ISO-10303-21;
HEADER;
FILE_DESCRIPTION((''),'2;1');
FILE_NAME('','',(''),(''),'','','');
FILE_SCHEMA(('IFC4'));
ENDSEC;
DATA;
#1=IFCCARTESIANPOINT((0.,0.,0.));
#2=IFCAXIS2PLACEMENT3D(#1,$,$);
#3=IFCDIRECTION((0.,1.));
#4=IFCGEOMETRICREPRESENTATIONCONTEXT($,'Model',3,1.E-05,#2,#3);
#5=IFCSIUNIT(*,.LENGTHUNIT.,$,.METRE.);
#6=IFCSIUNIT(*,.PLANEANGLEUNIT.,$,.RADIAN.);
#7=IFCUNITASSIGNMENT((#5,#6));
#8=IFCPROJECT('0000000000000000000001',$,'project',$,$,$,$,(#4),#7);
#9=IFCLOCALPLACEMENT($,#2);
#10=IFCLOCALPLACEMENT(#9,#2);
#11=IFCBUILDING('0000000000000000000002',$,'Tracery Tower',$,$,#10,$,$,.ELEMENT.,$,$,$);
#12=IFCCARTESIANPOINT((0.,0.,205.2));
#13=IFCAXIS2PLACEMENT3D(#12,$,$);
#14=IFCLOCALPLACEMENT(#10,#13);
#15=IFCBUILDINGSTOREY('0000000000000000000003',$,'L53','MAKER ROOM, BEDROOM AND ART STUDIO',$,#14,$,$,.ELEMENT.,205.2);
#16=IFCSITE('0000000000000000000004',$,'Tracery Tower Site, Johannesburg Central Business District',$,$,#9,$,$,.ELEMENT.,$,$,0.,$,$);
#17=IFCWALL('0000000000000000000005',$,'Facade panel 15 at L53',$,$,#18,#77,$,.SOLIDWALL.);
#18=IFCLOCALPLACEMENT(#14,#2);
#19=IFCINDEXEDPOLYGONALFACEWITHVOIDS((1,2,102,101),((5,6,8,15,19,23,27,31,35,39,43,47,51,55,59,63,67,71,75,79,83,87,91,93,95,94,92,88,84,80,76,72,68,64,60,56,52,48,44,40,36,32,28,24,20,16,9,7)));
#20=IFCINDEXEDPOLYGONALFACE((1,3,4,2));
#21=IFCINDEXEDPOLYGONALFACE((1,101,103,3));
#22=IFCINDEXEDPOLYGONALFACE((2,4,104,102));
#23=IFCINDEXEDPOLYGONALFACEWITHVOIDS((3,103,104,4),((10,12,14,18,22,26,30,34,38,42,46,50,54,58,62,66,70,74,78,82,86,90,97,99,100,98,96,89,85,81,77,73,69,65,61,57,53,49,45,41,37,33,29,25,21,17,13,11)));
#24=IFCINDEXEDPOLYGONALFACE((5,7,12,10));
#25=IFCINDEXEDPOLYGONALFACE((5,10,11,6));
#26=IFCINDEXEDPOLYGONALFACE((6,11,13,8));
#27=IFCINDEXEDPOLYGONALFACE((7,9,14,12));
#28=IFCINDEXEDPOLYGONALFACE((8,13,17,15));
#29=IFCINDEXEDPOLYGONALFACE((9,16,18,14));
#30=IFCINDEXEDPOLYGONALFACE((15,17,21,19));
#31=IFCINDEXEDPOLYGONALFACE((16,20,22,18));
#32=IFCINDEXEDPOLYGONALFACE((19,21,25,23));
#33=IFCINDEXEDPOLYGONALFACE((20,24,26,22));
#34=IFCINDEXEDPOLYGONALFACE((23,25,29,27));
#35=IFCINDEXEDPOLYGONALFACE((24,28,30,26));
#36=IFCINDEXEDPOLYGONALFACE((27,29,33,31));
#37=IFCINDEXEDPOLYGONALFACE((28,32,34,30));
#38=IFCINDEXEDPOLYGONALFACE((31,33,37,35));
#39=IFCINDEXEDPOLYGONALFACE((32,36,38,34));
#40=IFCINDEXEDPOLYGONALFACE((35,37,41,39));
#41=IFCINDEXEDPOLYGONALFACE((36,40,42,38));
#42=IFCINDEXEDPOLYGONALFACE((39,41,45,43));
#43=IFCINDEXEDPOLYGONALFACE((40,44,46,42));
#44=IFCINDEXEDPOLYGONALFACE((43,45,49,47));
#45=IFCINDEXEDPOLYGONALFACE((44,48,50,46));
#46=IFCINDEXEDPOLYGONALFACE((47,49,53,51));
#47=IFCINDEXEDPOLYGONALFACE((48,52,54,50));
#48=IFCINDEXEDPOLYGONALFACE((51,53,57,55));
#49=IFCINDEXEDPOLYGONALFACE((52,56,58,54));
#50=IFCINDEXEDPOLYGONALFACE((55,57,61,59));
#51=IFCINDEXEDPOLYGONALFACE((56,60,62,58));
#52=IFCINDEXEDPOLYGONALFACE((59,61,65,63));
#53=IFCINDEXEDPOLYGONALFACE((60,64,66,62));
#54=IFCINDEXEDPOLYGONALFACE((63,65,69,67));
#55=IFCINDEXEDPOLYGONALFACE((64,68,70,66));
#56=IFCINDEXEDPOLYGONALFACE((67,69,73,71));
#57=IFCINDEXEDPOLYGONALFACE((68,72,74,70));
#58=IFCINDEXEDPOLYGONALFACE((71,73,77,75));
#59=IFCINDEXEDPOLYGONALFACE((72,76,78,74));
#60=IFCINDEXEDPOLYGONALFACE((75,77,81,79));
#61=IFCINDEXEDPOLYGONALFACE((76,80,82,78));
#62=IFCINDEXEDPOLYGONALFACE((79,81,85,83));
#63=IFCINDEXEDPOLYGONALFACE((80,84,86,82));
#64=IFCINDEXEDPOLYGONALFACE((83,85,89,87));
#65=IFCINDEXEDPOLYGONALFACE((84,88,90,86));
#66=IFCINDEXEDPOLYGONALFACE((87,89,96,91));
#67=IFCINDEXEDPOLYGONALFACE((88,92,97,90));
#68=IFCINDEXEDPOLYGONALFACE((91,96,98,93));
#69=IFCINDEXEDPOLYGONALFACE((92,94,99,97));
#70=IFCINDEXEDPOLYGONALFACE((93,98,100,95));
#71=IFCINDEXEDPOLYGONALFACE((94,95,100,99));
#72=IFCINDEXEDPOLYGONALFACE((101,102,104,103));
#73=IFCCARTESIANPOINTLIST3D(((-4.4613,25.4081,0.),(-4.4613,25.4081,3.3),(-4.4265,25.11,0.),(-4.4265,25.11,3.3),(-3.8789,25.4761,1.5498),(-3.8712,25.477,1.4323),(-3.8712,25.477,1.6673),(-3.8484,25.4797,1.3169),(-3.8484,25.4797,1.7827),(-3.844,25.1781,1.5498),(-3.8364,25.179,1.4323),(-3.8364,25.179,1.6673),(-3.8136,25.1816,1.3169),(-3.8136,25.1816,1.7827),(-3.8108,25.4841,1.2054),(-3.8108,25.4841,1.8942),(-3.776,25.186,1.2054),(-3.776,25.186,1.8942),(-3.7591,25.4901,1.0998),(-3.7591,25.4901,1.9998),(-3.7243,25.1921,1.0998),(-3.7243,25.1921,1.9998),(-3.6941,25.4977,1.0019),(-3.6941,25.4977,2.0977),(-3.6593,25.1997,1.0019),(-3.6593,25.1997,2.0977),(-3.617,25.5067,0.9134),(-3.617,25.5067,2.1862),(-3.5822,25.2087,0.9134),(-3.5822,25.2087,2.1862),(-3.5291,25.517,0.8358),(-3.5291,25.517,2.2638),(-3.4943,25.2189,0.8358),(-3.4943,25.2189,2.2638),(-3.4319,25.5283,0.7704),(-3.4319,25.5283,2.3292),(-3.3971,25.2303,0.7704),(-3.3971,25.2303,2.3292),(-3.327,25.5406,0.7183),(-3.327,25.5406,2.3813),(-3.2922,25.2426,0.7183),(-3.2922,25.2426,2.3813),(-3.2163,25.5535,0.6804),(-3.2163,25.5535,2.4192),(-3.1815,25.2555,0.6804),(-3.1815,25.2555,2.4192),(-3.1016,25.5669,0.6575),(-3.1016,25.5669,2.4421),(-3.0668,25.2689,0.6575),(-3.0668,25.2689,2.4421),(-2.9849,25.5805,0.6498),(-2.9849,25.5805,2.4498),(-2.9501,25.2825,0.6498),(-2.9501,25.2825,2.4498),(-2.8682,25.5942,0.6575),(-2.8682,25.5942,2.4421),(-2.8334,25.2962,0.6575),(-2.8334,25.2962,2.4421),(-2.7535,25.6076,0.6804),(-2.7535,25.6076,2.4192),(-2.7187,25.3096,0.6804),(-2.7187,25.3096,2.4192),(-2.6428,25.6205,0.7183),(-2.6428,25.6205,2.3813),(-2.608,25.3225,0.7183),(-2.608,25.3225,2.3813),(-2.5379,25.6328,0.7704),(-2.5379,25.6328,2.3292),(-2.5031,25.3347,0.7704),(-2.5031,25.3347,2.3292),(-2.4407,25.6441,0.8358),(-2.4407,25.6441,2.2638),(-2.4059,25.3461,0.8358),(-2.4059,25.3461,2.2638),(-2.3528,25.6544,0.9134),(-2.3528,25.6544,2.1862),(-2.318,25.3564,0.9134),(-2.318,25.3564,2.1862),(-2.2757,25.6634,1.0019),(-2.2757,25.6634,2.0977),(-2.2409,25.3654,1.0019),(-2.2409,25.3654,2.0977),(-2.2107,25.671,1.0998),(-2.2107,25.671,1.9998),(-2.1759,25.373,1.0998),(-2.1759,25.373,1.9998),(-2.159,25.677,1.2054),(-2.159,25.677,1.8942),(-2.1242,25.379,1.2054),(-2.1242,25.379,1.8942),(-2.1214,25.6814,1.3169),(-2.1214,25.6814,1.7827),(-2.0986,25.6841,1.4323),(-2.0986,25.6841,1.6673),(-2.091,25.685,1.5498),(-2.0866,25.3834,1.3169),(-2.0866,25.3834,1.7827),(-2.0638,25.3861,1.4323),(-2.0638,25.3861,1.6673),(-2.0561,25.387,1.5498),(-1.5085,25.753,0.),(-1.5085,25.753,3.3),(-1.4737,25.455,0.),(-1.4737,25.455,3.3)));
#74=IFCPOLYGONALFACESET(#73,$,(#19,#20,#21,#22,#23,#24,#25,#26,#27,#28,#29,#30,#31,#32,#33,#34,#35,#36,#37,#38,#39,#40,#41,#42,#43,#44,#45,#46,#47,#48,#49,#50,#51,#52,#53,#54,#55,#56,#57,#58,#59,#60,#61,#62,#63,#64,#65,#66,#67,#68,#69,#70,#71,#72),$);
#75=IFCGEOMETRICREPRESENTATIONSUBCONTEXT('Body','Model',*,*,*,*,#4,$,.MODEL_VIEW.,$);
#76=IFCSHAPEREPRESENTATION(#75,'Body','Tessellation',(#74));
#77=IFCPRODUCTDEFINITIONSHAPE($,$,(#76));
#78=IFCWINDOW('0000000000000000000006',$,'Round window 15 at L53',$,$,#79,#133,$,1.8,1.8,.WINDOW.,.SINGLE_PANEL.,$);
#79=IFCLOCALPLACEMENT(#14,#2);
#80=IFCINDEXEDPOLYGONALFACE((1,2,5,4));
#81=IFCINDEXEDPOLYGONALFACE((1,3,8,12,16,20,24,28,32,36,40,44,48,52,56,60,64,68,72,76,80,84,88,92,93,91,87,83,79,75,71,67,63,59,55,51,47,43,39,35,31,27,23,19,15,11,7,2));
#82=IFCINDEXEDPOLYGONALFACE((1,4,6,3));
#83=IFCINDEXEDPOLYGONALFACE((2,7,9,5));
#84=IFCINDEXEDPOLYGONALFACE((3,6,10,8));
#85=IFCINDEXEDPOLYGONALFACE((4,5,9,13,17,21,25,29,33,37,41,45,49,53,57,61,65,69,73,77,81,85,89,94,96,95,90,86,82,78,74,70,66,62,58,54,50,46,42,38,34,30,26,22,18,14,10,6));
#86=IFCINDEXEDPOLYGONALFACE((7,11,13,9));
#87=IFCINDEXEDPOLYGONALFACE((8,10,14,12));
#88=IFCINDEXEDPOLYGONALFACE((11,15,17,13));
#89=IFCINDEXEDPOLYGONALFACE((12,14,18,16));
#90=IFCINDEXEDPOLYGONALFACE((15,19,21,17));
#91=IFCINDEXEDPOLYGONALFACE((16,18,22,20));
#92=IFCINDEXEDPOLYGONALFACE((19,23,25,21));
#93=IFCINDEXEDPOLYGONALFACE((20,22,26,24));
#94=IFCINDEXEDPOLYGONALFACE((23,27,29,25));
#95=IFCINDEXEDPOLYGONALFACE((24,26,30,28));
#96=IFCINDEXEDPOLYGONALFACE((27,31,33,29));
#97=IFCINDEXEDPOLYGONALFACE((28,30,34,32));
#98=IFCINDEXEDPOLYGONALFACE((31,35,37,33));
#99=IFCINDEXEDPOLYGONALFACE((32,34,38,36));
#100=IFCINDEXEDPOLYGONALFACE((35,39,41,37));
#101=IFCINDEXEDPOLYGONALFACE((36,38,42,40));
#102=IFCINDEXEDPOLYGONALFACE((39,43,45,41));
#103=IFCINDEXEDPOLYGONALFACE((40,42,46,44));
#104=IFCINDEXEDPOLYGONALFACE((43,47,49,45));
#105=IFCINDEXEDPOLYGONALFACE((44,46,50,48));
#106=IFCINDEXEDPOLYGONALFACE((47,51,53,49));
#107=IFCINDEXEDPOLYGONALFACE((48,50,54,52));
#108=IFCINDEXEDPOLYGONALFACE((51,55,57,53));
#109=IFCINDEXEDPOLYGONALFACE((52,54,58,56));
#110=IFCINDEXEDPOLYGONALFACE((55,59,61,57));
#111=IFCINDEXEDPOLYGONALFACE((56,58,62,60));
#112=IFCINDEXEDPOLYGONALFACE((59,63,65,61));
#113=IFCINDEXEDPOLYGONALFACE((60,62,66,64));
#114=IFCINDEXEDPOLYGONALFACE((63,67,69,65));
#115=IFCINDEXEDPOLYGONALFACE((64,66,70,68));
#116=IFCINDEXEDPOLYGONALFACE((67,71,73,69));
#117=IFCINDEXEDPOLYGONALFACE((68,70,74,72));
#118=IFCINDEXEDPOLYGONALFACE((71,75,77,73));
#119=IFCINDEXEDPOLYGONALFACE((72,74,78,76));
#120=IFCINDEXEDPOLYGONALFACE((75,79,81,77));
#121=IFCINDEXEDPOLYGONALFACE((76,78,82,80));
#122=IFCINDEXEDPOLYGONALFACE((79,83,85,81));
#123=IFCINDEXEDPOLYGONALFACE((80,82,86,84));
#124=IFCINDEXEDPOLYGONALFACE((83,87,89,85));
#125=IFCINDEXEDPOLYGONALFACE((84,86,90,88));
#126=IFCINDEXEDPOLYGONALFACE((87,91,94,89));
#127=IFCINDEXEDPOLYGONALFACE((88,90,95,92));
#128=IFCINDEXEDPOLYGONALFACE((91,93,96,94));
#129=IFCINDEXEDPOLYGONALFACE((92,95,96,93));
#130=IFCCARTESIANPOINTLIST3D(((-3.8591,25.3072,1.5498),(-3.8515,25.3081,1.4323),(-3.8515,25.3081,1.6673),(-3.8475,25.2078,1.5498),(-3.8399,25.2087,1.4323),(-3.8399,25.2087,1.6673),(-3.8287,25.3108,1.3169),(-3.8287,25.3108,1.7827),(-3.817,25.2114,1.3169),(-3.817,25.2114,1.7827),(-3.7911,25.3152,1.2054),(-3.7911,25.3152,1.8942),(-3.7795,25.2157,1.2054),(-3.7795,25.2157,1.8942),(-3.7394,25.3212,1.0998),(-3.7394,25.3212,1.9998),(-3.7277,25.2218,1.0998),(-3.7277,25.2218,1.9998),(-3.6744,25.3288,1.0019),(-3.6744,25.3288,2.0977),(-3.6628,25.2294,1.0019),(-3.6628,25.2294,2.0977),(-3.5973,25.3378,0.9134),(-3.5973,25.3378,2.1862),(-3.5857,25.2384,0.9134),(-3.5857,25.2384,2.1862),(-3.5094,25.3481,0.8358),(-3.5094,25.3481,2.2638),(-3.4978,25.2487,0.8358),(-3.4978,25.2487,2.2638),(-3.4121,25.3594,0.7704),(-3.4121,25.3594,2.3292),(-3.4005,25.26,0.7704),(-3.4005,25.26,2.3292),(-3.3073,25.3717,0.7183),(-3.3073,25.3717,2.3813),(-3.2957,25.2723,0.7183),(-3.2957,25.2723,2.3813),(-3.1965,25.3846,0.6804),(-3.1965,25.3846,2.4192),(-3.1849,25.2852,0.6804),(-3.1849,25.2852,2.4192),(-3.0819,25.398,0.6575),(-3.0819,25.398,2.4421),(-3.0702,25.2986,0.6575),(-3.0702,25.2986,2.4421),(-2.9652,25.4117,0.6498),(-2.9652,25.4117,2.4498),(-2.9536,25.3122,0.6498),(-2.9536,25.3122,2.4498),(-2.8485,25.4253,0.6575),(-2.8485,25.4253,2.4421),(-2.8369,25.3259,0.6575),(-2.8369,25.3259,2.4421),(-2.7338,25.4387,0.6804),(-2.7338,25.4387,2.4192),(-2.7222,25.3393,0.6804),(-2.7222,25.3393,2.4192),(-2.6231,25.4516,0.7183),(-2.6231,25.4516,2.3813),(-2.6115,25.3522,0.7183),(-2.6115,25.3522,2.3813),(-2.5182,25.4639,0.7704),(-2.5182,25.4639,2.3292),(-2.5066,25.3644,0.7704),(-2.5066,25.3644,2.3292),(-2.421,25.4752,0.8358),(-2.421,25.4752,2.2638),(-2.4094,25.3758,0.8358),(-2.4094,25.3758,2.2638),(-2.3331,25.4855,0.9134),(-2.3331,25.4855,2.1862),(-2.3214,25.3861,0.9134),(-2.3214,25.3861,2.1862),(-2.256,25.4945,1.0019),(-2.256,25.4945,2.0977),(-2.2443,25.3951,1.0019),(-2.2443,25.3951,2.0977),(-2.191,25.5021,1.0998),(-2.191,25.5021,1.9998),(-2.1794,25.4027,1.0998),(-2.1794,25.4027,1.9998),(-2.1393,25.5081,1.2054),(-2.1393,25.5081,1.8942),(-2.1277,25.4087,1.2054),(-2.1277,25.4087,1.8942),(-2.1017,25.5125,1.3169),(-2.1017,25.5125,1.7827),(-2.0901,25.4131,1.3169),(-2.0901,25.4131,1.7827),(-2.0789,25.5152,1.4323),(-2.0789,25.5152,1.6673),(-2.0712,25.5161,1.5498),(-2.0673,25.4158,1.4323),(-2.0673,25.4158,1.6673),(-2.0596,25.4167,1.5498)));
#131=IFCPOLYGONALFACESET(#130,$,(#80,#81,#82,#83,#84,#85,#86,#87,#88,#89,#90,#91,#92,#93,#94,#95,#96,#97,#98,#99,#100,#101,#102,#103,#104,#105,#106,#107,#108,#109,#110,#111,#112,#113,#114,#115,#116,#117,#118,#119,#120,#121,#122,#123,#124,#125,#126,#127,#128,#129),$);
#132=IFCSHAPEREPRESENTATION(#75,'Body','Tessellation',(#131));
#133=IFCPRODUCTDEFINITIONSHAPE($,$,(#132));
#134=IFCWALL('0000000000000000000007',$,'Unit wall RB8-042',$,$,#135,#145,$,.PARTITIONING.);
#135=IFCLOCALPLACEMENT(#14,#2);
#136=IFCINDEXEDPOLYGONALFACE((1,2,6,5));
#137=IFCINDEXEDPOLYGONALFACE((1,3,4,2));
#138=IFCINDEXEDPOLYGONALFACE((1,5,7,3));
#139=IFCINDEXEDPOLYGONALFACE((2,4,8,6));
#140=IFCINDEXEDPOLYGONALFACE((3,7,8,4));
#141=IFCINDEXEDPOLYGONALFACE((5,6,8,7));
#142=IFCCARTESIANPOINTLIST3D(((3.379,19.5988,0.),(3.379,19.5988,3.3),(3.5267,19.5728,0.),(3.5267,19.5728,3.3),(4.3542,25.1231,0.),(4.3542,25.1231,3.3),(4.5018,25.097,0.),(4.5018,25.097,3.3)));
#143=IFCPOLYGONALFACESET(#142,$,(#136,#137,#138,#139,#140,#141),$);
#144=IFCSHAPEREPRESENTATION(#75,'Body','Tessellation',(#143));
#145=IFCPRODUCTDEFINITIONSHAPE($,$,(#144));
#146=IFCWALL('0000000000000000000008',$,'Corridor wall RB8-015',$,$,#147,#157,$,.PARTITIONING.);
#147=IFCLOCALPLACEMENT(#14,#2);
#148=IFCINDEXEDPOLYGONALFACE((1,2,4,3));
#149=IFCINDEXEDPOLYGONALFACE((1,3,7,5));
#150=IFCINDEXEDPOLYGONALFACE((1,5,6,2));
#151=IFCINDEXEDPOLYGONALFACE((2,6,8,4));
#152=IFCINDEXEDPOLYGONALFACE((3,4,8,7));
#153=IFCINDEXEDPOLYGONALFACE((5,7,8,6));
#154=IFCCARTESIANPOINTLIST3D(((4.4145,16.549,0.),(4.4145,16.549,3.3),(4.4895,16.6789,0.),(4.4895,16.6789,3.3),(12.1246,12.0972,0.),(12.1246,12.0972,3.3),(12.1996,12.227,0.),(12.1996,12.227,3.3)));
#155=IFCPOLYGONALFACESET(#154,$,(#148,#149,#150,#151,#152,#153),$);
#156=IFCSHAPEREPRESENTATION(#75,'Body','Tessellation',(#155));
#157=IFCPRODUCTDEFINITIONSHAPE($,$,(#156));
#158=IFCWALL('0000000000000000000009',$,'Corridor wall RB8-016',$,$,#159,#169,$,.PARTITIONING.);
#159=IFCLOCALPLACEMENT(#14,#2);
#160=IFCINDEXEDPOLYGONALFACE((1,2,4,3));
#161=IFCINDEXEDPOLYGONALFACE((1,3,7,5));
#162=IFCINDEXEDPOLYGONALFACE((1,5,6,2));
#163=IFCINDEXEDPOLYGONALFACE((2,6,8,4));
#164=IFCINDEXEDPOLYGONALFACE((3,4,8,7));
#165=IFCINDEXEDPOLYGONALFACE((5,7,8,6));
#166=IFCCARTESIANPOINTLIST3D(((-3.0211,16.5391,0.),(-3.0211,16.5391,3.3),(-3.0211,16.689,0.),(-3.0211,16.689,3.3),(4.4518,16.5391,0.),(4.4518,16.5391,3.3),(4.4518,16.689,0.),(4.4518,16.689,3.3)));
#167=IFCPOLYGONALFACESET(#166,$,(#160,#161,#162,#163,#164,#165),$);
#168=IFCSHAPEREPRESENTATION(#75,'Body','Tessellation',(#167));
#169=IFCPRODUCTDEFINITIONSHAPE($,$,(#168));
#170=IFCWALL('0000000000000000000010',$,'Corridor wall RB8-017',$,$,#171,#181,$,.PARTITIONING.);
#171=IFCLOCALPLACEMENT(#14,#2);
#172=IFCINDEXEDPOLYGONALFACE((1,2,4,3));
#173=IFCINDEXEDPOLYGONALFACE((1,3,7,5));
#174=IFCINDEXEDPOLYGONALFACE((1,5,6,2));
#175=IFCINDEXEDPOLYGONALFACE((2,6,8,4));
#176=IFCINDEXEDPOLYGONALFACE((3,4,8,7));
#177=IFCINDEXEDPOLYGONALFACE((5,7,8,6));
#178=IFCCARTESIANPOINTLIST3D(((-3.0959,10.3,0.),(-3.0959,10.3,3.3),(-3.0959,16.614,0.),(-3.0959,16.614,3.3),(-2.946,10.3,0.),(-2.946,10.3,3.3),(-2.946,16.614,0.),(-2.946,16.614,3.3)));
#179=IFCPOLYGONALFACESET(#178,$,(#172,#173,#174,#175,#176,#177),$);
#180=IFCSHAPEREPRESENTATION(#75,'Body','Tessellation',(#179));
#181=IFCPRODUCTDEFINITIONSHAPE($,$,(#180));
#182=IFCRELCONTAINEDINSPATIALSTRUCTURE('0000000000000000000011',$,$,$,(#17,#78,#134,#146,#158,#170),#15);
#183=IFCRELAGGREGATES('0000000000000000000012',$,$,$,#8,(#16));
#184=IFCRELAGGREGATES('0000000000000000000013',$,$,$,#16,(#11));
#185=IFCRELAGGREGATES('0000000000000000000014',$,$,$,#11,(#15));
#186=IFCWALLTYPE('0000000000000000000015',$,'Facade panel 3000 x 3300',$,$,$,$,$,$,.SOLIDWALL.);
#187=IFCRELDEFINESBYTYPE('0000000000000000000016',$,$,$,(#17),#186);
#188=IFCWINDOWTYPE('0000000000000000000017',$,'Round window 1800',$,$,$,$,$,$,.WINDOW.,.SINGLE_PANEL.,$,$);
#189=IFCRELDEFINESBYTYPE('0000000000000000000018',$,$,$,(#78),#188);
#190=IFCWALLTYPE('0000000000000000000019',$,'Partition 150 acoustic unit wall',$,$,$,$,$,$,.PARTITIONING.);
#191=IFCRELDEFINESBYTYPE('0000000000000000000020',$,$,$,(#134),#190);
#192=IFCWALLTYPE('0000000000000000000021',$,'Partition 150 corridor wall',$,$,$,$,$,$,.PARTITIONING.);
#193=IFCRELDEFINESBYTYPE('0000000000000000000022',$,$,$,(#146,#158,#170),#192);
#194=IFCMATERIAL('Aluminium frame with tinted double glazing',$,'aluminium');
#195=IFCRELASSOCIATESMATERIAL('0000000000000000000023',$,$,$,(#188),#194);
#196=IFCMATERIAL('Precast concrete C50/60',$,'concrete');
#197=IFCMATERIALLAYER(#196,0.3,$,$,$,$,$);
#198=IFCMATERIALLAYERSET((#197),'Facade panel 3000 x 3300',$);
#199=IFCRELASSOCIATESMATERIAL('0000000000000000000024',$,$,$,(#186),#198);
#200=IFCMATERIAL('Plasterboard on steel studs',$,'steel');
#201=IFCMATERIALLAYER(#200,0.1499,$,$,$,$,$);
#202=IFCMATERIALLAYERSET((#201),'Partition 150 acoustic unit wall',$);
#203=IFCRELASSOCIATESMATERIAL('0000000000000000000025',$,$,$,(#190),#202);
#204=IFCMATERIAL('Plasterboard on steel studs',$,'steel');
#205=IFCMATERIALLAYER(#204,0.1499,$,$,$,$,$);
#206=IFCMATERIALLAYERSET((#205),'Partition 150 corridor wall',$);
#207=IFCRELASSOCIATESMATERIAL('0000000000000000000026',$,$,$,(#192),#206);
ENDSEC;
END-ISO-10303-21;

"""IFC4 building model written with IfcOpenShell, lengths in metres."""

from ifc_helpers import new_model, si_unit, direction, frame, frame_2d, origin, origin_2d, place, context, subcontext, project, spatial, rectangle, circle, extrude, material, layer, layer_set, type_object, element, fill, save


model = new_model("IFC4")

# Units and contexts
model_context = context("Model", 3, precision=1e-05, world=origin(), true_north=direction((0.0, 1.0)))
body_context = subcontext(model_context, "Body", "Model", "MODEL_VIEW")
ifc_project = project(units=[si_unit("LENGTHUNIT", "METRE"), si_unit("PLANEANGLEUNIT", "RADIAN")], contexts=[model_context])

# Site, building, storey
site_placement = place(None, origin())
site = spatial("IfcSite", under=ifc_project, at=site_placement, Name="Tracery Tower Site, Johannesburg Central Business District", CompositionType="ELEMENT", RefElevation=0.0)
building_placement = place(site_placement, origin())
building = spatial("IfcBuilding", under=site, at=building_placement, Name="Tracery Tower", CompositionType="ELEMENT")
storey_placement = place(building_placement, frame((0.0, 0.0, 205.2)))
storey = spatial("IfcBuildingStorey", under=building, at=storey_placement, Name="L53", Description="MAKER ROOM, BEDROOM AND ART STUDIO", CompositionType="ELEMENT", Elevation=205.2)

# Wall, opening, window
ifc_material_1 = material(Name="Aluminium frame with tinted double glazing", Category="aluminium")
window_type = type_object("IfcWindowType", Name="Round window 1800", PartitioningType="SINGLE_PANEL", PredefinedType="WINDOW", material=ifc_material_1)
ifc_material_2 = material(Name="Precast concrete C50/60", Category="concrete")
ifc_layer_1 = layer(ifc_material_2, 0.3)
ifc_layer_set_1 = layer_set([ifc_layer_1], Name="Facade panel 3000 x 3300")
wall_type_1 = type_object("IfcWallType", Name="Facade panel 3000 x 3300", PredefinedType="SOLIDWALL", material=ifc_layer_set_1)
wall_1_placement = place(storey_placement, frame((-1.4912, 25.604, 0.0), z_axis=(0.0, 0.0, 1.0), x_axis=(-0.993245, -0.116036, 0.0)))
wall_1 = element("IfcWall", 1, at=wall_1_placement, inside=storey, type_object=wall_type_1, Name="Facade panel 15 at L53", PredefinedType="SOLIDWALL", context=body_context, shape_type="SweptSolid", body=[
    extrude(rectangle(XDim=2.9729, YDim=0.3, at=frame_2d((1.4863, 0.0))), origin(), (0.0, 0.0, 1.0), 3.3),
])
opening_1_placement = place(wall_1_placement, frame((1.4863, 0.0, 1.5498)))
opening_1 = element("IfcOpeningElement", 2, at=opening_1_placement, cuts=wall_1, PredefinedType="OPENING", context=body_context, shape_type="SweptSolid", body=[
    extrude(circle(Radius=0.9, at=origin_2d()), frame((0.0, 0.1599, 0.0), z_axis=(0.0, -1.0, 0.0), x_axis=(1.0, 0.0, 0.0)), (0.0, 0.0, 1.0), 0.3201),
])
window_1_placement = place(opening_1_placement, origin())
window_1 = element("IfcWindow", 3, at=window_1_placement, inside=storey, type_object=window_type, Name="Round window 15 at L53", OverallHeight=1.8, OverallWidth=1.8, PartitioningType="SINGLE_PANEL", PredefinedType="WINDOW", context=body_context, shape_type="SweptSolid", body=[
    extrude(circle(Radius=0.9, at=origin_2d()), frame((0.0, 0.1201, 0.0), z_axis=(0.0, -1.0, 0.0), x_axis=(1.0, 0.0, 0.0)), (0.0, 0.0, 1.0), 0.1001),
])
fill(opening_1, window_1)

# Walls
ifc_material_3 = material(Name="Plasterboard on steel studs", Category="steel")
ifc_layer_2 = layer(ifc_material_3, 0.1499)
ifc_layer_set_2 = layer_set([ifc_layer_2], Name="Partition 150 acoustic unit wall")
wall_type_2 = type_object("IfcWallType", Name="Partition 150 acoustic unit wall", PredefinedType="PARTITIONING", material=ifc_layer_set_2)
wall_2_placement = place(storey_placement, frame((3.4529, 19.5859, 0.0), z_axis=(0.0, 0.0, 1.0), x_axis=(0.173828, 0.984776, 0.0)))
element("IfcWall", 4, at=wall_2_placement, inside=storey, type_object=wall_type_2, Name="Unit wall RB8-042", PredefinedType="PARTITIONING", context=body_context, shape_type="SweptSolid", body=[
    extrude(rectangle(XDim=5.6096, YDim=0.1499, at=frame_2d((2.8047, 0.0))), origin(), (0.0, 0.0, 1.0), 3.3),
])
ifc_material_4 = material(Name="Plasterboard on steel studs", Category="steel")
ifc_layer_3 = layer(ifc_material_4, 0.1499)
ifc_layer_set_3 = layer_set([ifc_layer_3], Name="Partition 150 corridor wall")
wall_type_3 = type_object("IfcWallType", Name="Partition 150 corridor wall", PredefinedType="PARTITIONING", material=ifc_layer_set_3)
wall_3_placement = place(storey_placement, frame((4.4519, 16.614, 0.0), z_axis=(0.0, 0.0, 1.0), x_axis=(0.866005, -0.500035, 0.0)))
element("IfcWall", 5, at=wall_3_placement, inside=storey, type_object=wall_type_3, Name="Corridor wall RB8-015", PredefinedType="PARTITIONING", context=body_context, shape_type="SweptSolid", body=[
    extrude(rectangle(XDim=8.9031, YDim=0.1499, at=frame_2d((4.4517, 0.0))), origin(), (0.0, 0.0, 1.0), 3.3),
])
wall_4_placement = place(storey_placement, frame((-3.021, 16.614, 0.0), z_axis=(0.0, 0.0, 1.0), x_axis=(1.0, 0.0, 0.0)))
element("IfcWall", 6, at=wall_4_placement, inside=storey, type_object=wall_type_3, Name="Corridor wall RB8-016", PredefinedType="PARTITIONING", context=body_context, shape_type="SweptSolid", body=[
    extrude(rectangle(XDim=7.4729, YDim=0.1499, at=frame_2d((3.7363, 0.0))), origin(), (0.0, 0.0, 1.0), 3.3),
])
wall_5_placement = place(storey_placement, frame((-3.021, 10.3, 0.0), z_axis=(0.0, 0.0, 1.0), x_axis=(0.0, 1.0, 0.0)))
element("IfcWall", 7, at=wall_5_placement, inside=storey, type_object=wall_type_3, Name="Corridor wall RB8-017", PredefinedType="PARTITIONING", context=body_context, shape_type="SweptSolid", body=[
    extrude(rectangle(XDim=6.314, YDim=0.1499, at=frame_2d((3.157, 0.0))), origin(), (0.0, 0.0, 1.0), 3.3),
])

save(model, "model.ifc")
